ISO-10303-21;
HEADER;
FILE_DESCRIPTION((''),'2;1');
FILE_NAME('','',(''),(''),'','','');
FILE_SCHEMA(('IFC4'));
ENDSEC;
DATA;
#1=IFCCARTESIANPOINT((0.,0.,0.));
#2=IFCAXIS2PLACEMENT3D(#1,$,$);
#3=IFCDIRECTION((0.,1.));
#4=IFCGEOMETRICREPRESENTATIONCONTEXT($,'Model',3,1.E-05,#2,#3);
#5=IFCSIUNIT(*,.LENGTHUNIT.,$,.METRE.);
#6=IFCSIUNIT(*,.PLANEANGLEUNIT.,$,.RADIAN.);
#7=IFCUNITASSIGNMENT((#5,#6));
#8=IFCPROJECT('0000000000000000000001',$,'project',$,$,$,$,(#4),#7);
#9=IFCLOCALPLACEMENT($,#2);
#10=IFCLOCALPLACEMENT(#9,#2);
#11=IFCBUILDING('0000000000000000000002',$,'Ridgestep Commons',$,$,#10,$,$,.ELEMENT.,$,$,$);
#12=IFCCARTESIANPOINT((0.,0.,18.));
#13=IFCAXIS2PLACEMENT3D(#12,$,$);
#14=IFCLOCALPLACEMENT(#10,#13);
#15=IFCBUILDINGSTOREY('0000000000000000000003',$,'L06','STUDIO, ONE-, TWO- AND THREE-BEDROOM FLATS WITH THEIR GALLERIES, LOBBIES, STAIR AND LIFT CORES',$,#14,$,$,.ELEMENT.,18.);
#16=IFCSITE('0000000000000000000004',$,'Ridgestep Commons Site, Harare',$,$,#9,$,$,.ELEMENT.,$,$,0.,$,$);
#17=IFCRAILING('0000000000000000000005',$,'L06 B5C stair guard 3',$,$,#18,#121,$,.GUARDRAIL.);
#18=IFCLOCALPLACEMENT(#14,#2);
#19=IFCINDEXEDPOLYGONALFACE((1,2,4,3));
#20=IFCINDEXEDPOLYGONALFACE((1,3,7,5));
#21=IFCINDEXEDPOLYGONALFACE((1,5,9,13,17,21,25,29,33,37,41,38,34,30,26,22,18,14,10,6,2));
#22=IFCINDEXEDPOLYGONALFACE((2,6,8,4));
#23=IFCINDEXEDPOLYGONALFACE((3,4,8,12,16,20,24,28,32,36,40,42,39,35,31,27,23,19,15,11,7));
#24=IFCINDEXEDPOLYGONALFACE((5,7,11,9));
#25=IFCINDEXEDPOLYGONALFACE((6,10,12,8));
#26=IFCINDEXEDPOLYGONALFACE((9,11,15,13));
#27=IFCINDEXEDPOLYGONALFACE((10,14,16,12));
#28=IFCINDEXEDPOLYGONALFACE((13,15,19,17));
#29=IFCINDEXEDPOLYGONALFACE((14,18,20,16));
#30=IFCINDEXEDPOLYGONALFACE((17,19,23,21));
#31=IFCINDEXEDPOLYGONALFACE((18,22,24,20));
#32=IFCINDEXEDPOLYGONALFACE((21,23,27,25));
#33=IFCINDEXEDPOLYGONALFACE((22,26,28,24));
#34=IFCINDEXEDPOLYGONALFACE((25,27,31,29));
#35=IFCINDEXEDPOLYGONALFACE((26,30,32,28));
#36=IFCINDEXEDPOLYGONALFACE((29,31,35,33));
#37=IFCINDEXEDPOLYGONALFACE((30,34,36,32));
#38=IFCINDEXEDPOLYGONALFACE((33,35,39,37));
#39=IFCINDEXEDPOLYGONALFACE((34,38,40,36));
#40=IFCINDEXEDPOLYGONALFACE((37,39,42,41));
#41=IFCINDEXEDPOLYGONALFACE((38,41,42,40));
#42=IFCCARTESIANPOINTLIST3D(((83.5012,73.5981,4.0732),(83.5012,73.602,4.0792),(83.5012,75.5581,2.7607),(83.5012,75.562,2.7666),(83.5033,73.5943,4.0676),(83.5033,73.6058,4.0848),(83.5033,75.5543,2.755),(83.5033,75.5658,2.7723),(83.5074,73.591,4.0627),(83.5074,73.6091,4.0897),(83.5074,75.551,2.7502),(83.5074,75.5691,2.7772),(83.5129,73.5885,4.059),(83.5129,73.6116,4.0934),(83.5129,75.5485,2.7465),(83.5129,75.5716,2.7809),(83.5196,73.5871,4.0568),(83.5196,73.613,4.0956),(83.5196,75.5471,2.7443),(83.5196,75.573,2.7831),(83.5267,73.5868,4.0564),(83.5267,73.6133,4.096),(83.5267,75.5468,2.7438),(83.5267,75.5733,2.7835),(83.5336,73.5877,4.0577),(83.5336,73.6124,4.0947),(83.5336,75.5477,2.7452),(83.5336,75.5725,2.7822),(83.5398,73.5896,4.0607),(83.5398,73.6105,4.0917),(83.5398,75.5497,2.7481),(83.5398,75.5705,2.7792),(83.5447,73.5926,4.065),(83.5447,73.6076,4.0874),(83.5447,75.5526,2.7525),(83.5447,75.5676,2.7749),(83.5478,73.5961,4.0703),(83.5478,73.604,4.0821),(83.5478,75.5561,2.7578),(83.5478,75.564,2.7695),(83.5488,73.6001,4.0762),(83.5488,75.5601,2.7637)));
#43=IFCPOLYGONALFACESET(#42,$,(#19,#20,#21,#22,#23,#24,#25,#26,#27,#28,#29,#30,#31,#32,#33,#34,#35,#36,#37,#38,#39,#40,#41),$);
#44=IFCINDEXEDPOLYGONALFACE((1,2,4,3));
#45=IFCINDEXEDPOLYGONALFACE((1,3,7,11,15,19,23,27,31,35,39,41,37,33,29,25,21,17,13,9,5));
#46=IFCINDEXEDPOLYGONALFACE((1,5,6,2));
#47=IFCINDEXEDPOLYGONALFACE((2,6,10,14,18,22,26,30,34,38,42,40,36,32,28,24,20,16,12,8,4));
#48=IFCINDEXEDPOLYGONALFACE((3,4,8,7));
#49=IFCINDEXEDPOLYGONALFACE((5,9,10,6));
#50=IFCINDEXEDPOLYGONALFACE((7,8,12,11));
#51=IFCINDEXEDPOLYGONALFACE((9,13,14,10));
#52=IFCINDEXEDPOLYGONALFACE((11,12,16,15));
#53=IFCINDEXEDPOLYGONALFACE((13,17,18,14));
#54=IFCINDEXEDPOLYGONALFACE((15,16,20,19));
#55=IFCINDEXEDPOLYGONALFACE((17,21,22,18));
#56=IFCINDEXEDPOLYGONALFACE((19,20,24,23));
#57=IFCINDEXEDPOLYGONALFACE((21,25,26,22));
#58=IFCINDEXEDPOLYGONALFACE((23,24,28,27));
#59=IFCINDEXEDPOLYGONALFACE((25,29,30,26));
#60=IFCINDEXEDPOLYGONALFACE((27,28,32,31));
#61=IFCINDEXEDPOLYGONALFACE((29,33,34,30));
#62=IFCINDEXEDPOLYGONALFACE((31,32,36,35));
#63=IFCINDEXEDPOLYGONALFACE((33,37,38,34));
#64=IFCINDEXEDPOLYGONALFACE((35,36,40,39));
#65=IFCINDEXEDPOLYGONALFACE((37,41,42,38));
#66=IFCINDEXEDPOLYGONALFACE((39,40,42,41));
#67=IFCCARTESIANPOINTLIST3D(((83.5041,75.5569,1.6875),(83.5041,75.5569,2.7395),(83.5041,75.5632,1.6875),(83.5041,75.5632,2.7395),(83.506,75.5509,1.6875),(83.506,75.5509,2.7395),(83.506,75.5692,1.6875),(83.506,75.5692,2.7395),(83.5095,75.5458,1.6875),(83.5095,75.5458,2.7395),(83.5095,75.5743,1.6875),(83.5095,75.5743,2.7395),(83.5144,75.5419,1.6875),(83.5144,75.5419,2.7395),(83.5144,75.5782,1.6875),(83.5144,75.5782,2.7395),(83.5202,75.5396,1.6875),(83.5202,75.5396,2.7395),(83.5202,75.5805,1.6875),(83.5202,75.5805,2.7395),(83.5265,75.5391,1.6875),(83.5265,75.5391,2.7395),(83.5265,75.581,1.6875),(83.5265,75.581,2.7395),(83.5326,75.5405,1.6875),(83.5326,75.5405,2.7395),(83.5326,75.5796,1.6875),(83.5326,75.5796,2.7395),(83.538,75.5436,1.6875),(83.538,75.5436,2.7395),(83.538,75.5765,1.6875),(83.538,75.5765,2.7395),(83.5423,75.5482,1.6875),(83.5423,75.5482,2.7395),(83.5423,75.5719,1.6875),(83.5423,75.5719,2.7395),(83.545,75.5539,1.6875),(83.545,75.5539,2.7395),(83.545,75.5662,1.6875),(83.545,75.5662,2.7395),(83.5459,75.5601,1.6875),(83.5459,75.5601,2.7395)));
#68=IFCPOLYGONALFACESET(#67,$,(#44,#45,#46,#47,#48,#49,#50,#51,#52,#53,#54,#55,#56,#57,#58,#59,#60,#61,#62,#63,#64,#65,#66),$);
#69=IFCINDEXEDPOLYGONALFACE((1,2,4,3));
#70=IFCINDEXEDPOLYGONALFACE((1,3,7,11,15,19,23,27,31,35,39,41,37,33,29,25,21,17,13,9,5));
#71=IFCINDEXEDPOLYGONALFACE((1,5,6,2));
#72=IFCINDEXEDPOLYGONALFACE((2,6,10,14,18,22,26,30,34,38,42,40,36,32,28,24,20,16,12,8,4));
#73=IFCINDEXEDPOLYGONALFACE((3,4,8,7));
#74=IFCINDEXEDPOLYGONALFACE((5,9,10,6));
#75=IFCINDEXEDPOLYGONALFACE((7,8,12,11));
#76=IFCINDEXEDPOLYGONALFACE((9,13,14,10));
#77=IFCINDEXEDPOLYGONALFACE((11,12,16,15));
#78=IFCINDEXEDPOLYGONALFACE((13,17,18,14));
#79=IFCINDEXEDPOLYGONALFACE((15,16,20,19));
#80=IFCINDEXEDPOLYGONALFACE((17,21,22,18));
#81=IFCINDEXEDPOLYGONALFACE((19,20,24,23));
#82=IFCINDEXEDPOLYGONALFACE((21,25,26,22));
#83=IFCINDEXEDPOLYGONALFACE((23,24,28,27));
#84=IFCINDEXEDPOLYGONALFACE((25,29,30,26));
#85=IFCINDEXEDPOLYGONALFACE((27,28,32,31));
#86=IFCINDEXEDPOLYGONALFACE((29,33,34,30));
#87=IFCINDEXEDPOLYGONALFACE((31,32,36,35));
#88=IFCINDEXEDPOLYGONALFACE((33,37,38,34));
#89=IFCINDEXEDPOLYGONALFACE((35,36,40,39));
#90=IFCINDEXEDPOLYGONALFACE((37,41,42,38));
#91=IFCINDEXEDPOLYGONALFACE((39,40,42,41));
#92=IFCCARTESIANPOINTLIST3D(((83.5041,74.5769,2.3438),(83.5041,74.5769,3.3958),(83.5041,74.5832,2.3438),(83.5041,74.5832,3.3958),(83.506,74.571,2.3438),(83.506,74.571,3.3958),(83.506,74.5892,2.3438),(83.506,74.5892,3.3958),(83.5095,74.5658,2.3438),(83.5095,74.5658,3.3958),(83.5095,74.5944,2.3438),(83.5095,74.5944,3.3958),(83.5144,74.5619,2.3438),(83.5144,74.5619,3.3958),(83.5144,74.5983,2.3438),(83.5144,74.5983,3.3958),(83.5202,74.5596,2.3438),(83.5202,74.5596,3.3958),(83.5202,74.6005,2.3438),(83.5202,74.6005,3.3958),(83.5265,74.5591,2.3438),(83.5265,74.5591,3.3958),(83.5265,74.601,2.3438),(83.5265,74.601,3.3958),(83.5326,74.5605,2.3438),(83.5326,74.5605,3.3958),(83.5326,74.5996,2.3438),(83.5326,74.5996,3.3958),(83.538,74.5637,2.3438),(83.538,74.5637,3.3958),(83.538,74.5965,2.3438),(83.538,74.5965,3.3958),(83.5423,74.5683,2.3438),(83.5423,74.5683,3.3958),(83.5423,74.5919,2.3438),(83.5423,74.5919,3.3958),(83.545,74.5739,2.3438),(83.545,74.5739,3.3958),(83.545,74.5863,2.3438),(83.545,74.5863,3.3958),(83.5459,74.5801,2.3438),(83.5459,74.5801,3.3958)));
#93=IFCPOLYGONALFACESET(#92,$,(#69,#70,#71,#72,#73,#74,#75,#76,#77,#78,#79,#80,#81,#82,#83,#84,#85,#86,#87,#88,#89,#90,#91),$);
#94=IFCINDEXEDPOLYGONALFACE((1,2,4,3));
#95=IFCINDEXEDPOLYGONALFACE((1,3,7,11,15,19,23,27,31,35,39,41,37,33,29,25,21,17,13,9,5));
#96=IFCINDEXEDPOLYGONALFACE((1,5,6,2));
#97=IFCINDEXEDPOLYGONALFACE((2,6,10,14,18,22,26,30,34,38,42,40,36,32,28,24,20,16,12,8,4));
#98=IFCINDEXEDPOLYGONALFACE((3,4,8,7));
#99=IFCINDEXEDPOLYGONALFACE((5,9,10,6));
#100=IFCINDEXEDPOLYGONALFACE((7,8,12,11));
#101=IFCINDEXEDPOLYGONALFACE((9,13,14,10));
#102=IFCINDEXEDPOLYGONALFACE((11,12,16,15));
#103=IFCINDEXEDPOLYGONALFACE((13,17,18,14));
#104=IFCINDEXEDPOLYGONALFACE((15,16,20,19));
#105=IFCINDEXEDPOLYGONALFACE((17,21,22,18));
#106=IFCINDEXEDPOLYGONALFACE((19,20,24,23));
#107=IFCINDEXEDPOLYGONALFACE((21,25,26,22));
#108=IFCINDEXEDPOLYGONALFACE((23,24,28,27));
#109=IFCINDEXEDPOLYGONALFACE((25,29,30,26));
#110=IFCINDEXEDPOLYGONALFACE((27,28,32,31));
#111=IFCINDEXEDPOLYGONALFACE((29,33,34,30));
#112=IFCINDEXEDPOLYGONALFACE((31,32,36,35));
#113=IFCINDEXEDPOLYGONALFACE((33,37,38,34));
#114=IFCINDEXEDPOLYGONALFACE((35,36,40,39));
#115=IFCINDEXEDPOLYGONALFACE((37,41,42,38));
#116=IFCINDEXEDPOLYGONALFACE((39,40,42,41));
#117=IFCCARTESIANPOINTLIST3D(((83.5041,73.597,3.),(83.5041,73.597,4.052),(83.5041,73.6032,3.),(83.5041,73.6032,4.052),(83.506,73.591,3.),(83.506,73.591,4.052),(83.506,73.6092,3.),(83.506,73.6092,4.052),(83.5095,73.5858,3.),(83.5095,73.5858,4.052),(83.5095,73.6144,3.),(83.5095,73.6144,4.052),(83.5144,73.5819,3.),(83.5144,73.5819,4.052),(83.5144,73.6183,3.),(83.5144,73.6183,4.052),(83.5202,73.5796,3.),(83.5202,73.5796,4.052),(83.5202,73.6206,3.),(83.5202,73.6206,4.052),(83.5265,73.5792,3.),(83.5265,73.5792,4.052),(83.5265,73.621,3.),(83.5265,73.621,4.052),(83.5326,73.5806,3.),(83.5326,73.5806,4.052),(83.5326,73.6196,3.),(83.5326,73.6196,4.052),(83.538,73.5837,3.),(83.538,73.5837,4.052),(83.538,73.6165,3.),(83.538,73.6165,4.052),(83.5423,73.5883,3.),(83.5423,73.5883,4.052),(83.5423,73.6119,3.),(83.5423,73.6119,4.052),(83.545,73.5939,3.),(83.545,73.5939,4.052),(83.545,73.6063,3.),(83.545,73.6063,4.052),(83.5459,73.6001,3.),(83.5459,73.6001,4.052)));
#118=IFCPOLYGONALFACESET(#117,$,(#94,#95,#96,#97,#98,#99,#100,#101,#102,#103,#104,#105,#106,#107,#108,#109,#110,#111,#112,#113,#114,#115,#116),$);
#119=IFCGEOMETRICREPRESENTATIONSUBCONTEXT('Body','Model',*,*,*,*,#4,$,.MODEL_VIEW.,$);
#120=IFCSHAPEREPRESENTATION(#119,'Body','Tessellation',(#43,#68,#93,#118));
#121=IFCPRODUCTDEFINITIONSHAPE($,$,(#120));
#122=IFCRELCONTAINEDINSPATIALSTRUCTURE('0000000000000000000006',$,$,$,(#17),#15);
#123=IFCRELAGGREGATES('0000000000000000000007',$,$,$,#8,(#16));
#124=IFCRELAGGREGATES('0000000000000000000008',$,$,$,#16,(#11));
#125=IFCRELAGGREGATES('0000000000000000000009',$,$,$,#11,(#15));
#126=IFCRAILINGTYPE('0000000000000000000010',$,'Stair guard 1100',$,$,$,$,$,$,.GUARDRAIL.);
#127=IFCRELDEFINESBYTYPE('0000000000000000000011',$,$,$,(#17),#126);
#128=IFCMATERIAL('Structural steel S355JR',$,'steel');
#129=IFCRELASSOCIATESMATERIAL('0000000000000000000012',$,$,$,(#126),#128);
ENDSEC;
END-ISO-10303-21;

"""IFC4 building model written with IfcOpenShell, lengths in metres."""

from ifc_helpers import new_model, si_unit, direction, frame, origin, origin_2d, place, context, subcontext, project, spatial, circle, extrude, material, type_object, element, save


model = new_model("IFC4")

# Units and contexts
model_context = context("Model", 3, precision=1e-05, world=origin(), true_north=direction((0.0, 1.0)))
body_context = subcontext(model_context, "Body", "Model", "MODEL_VIEW")
ifc_project = project(units=[si_unit("LENGTHUNIT", "METRE"), si_unit("PLANEANGLEUNIT", "RADIAN")], contexts=[model_context])

# Site, building, storey
site_placement = place(None, origin())
site = spatial("IfcSite", under=ifc_project, at=site_placement, Name="Ridgestep Commons Site, Harare", CompositionType="ELEMENT", RefElevation=0.0)
building_placement = place(site_placement, origin())
building = spatial("IfcBuilding", under=site, at=building_placement, Name="Ridgestep Commons", CompositionType="ELEMENT")
storey_placement = place(building_placement, frame((0.0, 0.0, 18.0)))
storey = spatial("IfcBuildingStorey", under=building, at=storey_placement, Name="L06", Description="STUDIO, ONE-, TWO- AND THREE-BEDROOM FLATS WITH THEIR GALLERIES, LOBBIES, STAIR AND LIFT CORES", CompositionType="ELEMENT", Elevation=18.0)

# Railing
ifc_material_1 = material(Name="Structural steel S355JR", Category="steel")
railing_type_1 = type_object("IfcRailingType", Name="Stair guard 1100", PredefinedType="GUARDRAIL", material=ifc_material_1)
railing_1_placement = place(storey_placement, frame((83.5249, 75.5601, 1.6875)))
element("IfcRailing", 1, at=railing_1_placement, inside=storey, type_object=railing_type_1, Name="L06 B5C stair guard 3", PredefinedType="GUARDRAIL", context=body_context, shape_type="SweptSolid", body=[
    extrude(circle(Radius=0.0239, at=origin_2d()), frame((0.0, 0.0, 1.0762), z_axis=(0.0, -0.830902, 0.556419), x_axis=(1.0, 0.0, 0.0)), (0.0, 0.0, 1.0), 2.3589),
    extrude(circle(Radius=0.021, at=origin_2d()), origin(), (0.0, 0.0, 1.0), 1.052),
    extrude(circle(Radius=0.021, at=origin_2d()), frame((0.0, -0.98, 0.6562)), (0.0, 0.0, 1.0), 1.052),
    extrude(circle(Radius=0.021, at=origin_2d()), frame((0.0, -1.96, 1.3125)), (0.0, 0.0, 1.0), 1.052),
])

save(model, "model.ifc")
